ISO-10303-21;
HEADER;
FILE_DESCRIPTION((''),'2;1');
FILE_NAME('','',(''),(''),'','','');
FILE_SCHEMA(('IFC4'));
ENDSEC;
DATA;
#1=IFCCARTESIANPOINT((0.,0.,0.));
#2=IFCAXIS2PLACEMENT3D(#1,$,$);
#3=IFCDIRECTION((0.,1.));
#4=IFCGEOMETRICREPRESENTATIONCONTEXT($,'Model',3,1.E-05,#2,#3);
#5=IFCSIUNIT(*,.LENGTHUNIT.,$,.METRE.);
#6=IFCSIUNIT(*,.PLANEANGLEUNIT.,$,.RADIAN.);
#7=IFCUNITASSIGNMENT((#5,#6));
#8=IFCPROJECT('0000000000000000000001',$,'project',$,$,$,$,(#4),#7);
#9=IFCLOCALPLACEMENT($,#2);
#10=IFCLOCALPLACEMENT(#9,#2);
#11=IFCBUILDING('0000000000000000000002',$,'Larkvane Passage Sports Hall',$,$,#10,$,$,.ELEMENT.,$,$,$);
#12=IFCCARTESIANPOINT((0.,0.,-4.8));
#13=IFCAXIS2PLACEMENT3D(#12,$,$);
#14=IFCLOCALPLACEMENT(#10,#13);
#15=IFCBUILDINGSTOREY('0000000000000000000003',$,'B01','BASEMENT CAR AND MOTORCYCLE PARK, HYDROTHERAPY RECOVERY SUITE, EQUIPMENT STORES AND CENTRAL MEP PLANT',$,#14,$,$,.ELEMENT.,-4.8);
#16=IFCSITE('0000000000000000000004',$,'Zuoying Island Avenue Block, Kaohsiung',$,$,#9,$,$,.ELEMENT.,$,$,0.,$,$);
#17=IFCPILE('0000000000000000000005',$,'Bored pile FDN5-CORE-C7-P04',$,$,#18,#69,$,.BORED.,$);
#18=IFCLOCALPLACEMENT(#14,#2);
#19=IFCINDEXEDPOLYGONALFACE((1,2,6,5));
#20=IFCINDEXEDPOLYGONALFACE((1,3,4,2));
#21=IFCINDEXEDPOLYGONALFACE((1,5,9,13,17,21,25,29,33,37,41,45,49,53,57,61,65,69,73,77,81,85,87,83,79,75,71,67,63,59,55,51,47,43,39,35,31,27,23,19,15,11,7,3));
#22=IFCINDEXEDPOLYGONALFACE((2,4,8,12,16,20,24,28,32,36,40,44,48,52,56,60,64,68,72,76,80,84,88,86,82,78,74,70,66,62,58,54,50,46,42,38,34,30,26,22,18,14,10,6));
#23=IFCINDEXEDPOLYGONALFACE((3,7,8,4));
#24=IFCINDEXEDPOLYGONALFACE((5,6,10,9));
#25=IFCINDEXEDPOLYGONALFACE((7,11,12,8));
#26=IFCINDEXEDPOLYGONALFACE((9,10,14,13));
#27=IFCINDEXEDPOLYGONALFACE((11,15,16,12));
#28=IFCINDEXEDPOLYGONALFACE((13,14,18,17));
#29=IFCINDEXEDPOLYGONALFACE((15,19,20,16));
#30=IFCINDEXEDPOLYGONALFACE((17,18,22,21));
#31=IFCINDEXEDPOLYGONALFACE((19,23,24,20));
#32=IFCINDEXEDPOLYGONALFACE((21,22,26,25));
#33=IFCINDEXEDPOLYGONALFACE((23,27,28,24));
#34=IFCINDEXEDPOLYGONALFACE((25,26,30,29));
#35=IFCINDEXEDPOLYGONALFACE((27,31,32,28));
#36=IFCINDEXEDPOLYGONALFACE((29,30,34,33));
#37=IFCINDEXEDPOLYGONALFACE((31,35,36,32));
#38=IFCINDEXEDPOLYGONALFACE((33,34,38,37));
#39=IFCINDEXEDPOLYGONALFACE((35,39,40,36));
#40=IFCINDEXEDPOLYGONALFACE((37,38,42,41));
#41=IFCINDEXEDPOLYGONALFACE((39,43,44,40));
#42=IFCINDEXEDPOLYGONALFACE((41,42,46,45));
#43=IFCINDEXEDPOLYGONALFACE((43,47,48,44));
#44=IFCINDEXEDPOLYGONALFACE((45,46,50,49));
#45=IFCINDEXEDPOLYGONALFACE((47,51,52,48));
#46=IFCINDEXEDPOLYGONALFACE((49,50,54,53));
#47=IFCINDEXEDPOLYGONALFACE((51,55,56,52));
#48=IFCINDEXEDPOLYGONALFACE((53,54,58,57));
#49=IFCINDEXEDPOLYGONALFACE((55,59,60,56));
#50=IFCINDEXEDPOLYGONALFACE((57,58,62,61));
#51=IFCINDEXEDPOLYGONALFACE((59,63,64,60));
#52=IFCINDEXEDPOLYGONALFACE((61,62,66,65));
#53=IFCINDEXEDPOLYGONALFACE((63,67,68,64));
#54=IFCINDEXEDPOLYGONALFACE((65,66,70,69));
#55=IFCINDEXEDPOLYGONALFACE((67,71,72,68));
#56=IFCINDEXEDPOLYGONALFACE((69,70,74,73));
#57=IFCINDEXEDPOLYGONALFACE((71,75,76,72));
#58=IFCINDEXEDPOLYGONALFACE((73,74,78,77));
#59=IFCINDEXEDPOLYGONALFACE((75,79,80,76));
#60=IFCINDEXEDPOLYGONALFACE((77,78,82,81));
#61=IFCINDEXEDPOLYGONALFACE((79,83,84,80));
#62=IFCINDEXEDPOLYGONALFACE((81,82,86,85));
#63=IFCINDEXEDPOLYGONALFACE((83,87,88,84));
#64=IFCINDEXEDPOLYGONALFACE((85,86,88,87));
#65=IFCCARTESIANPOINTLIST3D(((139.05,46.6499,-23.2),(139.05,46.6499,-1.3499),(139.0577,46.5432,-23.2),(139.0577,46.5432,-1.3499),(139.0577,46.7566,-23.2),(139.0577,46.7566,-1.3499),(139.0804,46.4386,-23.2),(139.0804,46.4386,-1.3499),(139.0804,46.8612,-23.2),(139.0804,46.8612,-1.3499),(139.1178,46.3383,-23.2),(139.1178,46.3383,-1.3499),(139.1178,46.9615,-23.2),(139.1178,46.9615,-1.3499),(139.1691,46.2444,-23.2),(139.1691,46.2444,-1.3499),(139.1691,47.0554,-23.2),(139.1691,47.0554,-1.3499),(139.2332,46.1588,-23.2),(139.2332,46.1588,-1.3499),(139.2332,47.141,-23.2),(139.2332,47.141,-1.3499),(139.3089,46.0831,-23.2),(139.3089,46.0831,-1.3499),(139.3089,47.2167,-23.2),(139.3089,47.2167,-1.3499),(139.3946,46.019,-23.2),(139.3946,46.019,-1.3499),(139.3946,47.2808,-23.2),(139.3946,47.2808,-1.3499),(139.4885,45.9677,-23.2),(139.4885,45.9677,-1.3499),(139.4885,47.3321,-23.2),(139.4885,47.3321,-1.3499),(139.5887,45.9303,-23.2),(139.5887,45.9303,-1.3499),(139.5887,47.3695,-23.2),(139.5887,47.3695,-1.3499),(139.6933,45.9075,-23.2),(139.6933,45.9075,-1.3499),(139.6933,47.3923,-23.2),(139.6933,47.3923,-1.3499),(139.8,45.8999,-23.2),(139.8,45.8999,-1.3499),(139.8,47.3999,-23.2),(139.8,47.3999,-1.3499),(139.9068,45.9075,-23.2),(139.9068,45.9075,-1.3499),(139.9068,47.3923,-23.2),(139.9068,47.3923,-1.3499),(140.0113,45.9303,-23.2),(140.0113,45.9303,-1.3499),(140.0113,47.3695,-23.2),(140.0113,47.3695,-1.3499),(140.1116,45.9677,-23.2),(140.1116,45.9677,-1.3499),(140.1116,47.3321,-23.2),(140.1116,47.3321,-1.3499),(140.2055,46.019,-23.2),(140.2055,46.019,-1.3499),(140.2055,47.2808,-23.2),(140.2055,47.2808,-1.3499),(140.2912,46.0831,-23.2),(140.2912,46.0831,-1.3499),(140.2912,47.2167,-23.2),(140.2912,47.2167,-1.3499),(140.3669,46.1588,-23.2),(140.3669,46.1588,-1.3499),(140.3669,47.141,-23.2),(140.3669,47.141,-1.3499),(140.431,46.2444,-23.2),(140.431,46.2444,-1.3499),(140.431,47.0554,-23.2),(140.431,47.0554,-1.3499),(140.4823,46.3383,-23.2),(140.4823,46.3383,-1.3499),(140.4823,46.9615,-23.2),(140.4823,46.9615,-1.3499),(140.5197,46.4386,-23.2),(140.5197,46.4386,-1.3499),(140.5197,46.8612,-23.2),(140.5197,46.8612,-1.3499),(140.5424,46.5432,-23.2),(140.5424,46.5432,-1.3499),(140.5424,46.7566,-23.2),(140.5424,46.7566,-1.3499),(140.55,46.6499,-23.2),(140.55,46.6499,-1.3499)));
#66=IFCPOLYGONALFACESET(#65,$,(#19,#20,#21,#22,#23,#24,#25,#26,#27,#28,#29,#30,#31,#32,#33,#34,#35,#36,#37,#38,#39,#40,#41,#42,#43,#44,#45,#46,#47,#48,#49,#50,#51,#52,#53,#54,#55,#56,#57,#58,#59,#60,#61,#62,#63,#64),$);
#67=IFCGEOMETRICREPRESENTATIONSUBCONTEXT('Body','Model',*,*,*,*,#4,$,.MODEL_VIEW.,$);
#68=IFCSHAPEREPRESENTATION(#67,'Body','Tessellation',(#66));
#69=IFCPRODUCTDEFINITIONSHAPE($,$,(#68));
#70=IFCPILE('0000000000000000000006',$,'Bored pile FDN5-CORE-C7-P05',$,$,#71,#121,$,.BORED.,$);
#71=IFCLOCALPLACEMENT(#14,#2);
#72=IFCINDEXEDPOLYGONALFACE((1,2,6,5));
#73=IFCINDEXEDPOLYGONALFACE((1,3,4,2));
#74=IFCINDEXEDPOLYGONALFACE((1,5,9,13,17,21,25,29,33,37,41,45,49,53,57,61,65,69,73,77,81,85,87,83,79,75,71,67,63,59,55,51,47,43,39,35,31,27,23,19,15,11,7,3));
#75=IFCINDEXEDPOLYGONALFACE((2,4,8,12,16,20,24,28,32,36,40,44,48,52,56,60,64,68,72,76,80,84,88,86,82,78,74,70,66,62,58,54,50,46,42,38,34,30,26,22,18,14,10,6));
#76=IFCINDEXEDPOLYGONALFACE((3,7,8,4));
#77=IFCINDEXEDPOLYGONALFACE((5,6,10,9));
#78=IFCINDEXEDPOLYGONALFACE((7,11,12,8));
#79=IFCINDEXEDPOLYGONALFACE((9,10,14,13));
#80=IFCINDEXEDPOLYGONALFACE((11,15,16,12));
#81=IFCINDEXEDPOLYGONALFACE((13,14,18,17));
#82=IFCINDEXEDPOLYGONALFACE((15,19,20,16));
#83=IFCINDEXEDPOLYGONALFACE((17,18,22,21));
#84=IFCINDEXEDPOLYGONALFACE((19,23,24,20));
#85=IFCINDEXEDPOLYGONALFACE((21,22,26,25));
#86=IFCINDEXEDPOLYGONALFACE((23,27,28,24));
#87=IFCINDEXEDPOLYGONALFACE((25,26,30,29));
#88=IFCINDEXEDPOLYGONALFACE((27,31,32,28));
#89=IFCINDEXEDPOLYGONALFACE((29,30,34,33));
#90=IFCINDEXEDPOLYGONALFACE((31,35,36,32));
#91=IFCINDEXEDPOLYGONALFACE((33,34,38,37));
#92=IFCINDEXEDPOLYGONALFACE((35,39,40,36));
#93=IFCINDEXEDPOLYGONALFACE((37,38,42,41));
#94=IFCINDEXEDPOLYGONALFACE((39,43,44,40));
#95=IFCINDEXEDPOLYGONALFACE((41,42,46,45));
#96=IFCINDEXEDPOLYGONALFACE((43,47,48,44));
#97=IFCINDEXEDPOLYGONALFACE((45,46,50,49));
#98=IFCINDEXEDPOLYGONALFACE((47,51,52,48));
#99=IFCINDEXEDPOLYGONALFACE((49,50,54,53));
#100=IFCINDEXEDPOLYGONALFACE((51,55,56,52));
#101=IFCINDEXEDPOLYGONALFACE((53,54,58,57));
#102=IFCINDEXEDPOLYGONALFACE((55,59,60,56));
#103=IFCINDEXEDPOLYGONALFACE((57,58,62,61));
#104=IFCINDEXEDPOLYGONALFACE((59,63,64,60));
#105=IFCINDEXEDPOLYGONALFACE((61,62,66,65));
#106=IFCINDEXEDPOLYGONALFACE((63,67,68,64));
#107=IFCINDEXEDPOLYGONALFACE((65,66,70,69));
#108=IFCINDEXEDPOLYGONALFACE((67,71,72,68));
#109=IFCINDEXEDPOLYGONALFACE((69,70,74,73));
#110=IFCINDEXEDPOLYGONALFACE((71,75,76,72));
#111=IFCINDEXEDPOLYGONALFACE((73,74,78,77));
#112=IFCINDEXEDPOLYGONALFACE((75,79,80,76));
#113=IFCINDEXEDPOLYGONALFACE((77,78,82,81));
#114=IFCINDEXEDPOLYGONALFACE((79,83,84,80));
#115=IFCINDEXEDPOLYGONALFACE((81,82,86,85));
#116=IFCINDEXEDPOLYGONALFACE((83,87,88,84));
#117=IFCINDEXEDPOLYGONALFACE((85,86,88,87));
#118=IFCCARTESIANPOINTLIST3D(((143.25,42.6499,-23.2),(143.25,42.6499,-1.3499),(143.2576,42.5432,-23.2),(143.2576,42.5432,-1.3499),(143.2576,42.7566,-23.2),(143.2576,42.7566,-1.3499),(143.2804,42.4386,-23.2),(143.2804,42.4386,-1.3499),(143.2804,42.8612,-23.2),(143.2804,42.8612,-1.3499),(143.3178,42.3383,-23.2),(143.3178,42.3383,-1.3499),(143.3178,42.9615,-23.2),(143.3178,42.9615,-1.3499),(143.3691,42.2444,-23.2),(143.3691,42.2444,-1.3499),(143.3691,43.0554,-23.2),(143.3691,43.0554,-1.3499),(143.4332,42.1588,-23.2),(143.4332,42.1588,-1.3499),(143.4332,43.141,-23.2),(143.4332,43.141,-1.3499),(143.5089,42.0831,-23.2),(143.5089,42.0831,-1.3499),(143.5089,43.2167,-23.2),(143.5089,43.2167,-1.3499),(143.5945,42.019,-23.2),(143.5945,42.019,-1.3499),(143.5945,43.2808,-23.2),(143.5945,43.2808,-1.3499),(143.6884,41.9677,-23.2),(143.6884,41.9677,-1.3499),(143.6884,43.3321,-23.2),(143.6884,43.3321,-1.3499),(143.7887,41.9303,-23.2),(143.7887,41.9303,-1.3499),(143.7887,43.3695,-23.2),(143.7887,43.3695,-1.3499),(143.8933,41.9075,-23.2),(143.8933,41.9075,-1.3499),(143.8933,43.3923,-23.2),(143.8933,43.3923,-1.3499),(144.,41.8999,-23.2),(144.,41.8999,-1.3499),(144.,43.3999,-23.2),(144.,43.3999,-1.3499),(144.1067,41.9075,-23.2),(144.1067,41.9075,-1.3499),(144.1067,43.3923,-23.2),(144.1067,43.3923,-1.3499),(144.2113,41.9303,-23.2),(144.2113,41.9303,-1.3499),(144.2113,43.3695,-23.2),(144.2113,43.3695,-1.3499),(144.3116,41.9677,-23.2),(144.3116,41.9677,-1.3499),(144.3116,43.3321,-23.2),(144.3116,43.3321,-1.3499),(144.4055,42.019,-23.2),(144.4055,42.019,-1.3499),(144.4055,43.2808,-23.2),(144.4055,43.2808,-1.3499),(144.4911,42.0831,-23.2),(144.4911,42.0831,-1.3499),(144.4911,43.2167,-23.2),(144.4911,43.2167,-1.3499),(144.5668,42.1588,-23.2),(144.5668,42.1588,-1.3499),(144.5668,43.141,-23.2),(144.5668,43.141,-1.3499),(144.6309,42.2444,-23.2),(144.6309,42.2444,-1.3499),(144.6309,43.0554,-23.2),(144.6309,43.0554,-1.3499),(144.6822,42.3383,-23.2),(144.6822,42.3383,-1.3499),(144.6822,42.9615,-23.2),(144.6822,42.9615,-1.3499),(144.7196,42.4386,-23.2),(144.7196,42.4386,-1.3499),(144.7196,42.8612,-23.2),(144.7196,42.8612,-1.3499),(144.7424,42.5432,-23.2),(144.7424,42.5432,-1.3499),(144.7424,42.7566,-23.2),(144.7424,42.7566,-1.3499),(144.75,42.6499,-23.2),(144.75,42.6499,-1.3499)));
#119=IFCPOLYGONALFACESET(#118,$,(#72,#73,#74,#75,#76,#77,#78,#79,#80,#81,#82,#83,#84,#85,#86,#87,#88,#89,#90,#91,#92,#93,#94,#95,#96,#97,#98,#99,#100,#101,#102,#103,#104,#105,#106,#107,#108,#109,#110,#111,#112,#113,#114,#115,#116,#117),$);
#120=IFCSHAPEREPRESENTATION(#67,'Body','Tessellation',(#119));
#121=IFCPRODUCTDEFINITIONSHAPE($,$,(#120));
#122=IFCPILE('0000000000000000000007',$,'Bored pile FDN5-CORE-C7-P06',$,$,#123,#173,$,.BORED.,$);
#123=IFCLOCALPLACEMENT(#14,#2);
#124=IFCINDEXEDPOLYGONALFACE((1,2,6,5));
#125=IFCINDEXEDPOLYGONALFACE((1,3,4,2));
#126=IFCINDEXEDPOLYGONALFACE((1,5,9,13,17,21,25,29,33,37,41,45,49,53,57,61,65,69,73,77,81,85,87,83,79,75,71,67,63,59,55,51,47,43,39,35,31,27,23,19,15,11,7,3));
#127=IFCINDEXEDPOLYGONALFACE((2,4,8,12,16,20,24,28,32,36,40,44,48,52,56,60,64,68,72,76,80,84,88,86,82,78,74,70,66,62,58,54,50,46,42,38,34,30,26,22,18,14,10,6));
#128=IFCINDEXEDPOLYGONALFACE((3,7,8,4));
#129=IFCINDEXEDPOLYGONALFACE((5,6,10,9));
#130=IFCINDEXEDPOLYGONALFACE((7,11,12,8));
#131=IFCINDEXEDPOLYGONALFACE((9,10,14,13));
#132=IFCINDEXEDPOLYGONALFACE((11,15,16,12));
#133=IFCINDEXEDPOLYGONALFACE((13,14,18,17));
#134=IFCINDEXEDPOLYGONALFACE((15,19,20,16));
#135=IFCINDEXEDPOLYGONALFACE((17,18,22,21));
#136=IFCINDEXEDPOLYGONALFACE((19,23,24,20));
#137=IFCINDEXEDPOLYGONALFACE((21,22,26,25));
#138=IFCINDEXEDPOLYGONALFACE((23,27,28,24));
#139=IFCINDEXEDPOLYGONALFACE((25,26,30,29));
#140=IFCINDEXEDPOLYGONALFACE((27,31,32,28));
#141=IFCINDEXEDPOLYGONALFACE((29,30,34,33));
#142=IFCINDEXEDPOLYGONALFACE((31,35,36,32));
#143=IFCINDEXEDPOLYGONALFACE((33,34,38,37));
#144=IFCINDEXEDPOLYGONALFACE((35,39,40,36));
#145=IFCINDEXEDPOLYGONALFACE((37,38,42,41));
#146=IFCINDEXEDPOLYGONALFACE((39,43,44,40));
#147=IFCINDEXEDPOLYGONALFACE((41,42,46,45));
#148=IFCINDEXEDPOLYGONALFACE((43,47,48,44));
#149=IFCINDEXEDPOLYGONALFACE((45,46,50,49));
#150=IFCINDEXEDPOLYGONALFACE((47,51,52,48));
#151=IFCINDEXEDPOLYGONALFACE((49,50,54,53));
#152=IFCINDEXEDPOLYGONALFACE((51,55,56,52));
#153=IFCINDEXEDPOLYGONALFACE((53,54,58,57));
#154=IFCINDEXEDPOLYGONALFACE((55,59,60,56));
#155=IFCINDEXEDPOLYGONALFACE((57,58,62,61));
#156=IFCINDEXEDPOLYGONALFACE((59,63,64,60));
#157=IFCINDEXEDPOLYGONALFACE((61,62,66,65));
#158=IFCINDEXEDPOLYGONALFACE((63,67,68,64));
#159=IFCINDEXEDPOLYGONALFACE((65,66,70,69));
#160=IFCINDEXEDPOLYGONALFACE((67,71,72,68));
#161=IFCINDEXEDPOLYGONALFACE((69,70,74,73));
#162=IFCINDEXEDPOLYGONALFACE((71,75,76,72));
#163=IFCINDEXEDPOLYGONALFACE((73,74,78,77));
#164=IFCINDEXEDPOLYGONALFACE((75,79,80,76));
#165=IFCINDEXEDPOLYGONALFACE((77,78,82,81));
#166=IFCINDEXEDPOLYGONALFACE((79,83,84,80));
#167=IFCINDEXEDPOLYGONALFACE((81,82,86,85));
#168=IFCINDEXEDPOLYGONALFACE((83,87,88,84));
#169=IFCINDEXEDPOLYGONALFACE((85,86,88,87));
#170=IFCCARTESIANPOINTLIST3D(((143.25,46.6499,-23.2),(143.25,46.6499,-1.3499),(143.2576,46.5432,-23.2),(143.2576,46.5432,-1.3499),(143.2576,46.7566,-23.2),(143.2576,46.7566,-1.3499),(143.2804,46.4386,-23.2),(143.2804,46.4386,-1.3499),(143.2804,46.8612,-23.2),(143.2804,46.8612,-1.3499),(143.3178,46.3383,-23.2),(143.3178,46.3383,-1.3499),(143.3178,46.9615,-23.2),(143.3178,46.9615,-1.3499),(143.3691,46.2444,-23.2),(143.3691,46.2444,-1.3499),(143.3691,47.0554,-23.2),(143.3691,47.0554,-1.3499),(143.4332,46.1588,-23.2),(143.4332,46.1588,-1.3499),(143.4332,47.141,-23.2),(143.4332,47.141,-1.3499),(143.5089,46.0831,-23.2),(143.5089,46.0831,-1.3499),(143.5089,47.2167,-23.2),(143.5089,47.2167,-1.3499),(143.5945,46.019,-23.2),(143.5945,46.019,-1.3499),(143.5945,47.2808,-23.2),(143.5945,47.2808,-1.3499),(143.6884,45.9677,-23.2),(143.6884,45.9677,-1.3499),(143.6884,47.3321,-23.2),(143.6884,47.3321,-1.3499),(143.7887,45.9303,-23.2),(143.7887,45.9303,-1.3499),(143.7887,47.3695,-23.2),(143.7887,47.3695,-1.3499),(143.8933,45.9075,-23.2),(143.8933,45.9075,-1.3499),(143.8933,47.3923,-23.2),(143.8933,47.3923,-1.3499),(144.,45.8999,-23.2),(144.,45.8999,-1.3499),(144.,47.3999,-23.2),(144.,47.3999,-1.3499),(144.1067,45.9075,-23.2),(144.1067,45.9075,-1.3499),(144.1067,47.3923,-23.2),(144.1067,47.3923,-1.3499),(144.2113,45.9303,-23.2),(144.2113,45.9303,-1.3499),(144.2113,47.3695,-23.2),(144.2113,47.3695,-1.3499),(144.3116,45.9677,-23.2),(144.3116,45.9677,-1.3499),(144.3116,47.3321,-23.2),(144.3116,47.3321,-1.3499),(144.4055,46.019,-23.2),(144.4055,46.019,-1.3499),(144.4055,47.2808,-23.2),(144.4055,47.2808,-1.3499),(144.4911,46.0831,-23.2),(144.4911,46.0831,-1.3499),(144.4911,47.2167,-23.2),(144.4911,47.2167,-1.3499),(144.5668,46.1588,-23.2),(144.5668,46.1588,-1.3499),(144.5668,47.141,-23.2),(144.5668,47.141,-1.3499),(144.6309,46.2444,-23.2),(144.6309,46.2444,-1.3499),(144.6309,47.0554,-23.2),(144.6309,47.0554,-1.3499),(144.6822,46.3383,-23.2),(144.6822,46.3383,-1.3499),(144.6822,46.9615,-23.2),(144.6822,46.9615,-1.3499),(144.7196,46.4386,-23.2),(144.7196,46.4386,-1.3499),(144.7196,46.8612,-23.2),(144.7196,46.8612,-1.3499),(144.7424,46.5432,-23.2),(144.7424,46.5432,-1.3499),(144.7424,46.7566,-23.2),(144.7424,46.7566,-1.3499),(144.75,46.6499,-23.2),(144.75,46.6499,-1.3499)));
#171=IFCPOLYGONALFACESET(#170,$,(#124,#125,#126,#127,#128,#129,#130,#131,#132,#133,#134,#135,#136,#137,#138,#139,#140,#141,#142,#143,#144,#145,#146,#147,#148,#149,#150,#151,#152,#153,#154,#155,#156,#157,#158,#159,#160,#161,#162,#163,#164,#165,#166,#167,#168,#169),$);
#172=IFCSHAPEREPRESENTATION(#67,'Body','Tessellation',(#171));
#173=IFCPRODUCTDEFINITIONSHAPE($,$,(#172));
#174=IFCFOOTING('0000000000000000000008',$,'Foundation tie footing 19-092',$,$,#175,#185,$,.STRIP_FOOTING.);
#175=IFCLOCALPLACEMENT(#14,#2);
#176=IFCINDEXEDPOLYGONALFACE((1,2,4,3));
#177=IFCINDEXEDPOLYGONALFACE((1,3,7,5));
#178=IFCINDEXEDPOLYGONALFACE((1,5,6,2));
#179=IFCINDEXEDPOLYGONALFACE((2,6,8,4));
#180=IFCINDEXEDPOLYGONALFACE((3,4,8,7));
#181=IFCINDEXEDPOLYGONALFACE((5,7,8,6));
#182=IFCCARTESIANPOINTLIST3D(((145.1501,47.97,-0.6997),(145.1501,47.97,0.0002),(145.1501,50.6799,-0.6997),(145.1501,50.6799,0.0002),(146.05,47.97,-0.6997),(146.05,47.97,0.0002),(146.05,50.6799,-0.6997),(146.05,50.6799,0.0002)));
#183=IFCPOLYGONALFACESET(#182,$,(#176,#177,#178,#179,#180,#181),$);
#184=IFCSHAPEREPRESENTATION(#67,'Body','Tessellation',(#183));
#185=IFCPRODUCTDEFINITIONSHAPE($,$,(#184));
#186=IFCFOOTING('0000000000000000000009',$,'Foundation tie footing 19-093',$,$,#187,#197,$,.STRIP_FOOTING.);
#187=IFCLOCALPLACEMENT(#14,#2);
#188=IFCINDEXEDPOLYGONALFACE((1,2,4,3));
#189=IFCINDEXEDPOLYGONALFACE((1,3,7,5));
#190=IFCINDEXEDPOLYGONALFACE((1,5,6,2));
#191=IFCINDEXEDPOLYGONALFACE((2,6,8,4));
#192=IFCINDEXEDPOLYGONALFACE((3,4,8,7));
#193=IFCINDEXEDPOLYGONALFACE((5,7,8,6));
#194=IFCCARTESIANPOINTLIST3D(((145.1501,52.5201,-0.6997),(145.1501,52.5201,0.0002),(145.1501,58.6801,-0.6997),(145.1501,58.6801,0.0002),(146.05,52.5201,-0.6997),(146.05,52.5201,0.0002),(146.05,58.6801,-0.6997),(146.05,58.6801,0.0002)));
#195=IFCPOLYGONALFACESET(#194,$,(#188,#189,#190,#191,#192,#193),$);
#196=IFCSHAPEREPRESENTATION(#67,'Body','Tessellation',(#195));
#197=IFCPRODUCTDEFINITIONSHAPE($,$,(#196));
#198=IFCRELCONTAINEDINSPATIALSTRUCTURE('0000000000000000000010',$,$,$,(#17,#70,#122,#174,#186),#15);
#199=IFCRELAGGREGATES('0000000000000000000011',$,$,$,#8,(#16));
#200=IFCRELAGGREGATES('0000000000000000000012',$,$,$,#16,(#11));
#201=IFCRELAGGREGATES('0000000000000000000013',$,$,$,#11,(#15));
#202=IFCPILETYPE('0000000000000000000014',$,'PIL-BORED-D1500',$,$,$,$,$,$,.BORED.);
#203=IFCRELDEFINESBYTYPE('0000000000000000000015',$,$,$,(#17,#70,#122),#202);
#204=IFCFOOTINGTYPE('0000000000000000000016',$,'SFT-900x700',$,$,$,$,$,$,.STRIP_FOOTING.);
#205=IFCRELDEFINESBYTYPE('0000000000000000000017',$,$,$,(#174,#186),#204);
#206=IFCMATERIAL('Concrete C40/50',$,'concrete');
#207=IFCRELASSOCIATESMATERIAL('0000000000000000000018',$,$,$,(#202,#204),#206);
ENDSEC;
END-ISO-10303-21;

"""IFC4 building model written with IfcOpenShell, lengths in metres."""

from ifc_helpers import new_model, si_unit, direction, frame, origin, origin_2d, place, context, subcontext, project, spatial, rectangle, circle, extrude, material, material_profile, profile_set, type_object, element, save


model = new_model("IFC4")

# Units and contexts
model_context = context("Model", 3, precision=1e-05, world=origin(), true_north=direction((0.0, 1.0)))
body_context = subcontext(model_context, "Body", "Model", "MODEL_VIEW")
ifc_project = project(units=[si_unit("LENGTHUNIT", "METRE"), si_unit("PLANEANGLEUNIT", "RADIAN")], contexts=[model_context])

# Site, building, storey
site_placement = place(None, origin())
site = spatial("IfcSite", under=ifc_project, at=site_placement, Name="Zuoying Island Avenue Block, Kaohsiung", CompositionType="ELEMENT", RefElevation=0.0)
building_placement = place(site_placement, origin())
building = spatial("IfcBuilding", under=site, at=building_placement, Name="Larkvane Passage Sports Hall", CompositionType="ELEMENT")
storey_placement = place(building_placement, frame((0.0, 0.0, -4.8)))
storey = spatial("IfcBuildingStorey", under=building, at=storey_placement, Name="B01", Description="BASEMENT CAR AND MOTORCYCLE PARK, HYDROTHERAPY RECOVERY SUITE, EQUIPMENT STORES AND CENTRAL MEP PLANT", CompositionType="ELEMENT", Elevation=-4.8)

# Shared definitions
ifc_material_1 = material(Name="Concrete C40/50", Category="concrete")

# Piles
ifc_material_profile_1 = material_profile(ifc_material_1, circle(Radius=0.75, at=origin_2d()), Name="PILE-D1500")
ifc_profile_set_1 = profile_set([ifc_material_profile_1], Name="Concrete C40/50")
pile_type_1 = type_object("IfcPileType", Name="PIL-BORED-D1500", PredefinedType="BORED", material=ifc_profile_set_1)
for number, where, z_axis, x_axis, name in (
    (1, (139.8, 46.6499, -1.3499), (0.0, 0.0, -1.0), (1.0, 0.0, 0.0), "Bored pile FDN5-CORE-C7-P04"),
    (2, (144.0, 42.6499, -1.3499), (0.0, 0.0, -1.0), (1.0, 0.0, 0.0), "Bored pile FDN5-CORE-C7-P05"),
    (3, (144.0, 46.6499, -1.3499), (0.0, 0.0, -1.0), (1.0, 0.0, 0.0), "Bored pile FDN5-CORE-C7-P06"),
):
    element("IfcPile", number, at=place(storey_placement, frame(where, z_axis=z_axis, x_axis=x_axis)), inside=storey, type_object=pile_type_1, Name=name, PredefinedType="BORED", context=body_context, shape_type="SweptSolid", body=[
        extrude(circle(Radius=0.75, at=origin_2d()), origin(), (0.0, 0.0, 1.0), 21.8501),
    ])

# Footings
footing_type_1 = type_object("IfcFootingType", Name="SFT-900x700", PredefinedType="STRIP_FOOTING", material=ifc_material_1)
footing_1_placement = place(storey_placement, frame((145.6001, 49.325, -0.6997), z_axis=(0.0, 0.0, 1.0), x_axis=(1.0, 0.0, 0.0)))
element("IfcFooting", 4, at=footing_1_placement, inside=storey, type_object=footing_type_1, Name="Foundation tie footing 19-092", PredefinedType="STRIP_FOOTING", context=body_context, shape_type="SweptSolid", body=[
    extrude(rectangle(XDim=0.8999, YDim=2.71, at=origin_2d()), origin(), (0.0, 0.0, 1.0), 0.7),
])
footing_2_placement = place(storey_placement, frame((145.6001, 55.6001, -0.6997), z_axis=(0.0, 0.0, 1.0), x_axis=(1.0, 0.0, 0.0)))
element("IfcFooting", 5, at=footing_2_placement, inside=storey, type_object=footing_type_1, Name="Foundation tie footing 19-093", PredefinedType="STRIP_FOOTING", context=body_context, shape_type="SweptSolid", body=[
    extrude(rectangle(XDim=0.8999, YDim=6.1599, at=origin_2d()), origin(), (0.0, 0.0, 1.0), 0.7),
])

save(model, "model.ifc")
